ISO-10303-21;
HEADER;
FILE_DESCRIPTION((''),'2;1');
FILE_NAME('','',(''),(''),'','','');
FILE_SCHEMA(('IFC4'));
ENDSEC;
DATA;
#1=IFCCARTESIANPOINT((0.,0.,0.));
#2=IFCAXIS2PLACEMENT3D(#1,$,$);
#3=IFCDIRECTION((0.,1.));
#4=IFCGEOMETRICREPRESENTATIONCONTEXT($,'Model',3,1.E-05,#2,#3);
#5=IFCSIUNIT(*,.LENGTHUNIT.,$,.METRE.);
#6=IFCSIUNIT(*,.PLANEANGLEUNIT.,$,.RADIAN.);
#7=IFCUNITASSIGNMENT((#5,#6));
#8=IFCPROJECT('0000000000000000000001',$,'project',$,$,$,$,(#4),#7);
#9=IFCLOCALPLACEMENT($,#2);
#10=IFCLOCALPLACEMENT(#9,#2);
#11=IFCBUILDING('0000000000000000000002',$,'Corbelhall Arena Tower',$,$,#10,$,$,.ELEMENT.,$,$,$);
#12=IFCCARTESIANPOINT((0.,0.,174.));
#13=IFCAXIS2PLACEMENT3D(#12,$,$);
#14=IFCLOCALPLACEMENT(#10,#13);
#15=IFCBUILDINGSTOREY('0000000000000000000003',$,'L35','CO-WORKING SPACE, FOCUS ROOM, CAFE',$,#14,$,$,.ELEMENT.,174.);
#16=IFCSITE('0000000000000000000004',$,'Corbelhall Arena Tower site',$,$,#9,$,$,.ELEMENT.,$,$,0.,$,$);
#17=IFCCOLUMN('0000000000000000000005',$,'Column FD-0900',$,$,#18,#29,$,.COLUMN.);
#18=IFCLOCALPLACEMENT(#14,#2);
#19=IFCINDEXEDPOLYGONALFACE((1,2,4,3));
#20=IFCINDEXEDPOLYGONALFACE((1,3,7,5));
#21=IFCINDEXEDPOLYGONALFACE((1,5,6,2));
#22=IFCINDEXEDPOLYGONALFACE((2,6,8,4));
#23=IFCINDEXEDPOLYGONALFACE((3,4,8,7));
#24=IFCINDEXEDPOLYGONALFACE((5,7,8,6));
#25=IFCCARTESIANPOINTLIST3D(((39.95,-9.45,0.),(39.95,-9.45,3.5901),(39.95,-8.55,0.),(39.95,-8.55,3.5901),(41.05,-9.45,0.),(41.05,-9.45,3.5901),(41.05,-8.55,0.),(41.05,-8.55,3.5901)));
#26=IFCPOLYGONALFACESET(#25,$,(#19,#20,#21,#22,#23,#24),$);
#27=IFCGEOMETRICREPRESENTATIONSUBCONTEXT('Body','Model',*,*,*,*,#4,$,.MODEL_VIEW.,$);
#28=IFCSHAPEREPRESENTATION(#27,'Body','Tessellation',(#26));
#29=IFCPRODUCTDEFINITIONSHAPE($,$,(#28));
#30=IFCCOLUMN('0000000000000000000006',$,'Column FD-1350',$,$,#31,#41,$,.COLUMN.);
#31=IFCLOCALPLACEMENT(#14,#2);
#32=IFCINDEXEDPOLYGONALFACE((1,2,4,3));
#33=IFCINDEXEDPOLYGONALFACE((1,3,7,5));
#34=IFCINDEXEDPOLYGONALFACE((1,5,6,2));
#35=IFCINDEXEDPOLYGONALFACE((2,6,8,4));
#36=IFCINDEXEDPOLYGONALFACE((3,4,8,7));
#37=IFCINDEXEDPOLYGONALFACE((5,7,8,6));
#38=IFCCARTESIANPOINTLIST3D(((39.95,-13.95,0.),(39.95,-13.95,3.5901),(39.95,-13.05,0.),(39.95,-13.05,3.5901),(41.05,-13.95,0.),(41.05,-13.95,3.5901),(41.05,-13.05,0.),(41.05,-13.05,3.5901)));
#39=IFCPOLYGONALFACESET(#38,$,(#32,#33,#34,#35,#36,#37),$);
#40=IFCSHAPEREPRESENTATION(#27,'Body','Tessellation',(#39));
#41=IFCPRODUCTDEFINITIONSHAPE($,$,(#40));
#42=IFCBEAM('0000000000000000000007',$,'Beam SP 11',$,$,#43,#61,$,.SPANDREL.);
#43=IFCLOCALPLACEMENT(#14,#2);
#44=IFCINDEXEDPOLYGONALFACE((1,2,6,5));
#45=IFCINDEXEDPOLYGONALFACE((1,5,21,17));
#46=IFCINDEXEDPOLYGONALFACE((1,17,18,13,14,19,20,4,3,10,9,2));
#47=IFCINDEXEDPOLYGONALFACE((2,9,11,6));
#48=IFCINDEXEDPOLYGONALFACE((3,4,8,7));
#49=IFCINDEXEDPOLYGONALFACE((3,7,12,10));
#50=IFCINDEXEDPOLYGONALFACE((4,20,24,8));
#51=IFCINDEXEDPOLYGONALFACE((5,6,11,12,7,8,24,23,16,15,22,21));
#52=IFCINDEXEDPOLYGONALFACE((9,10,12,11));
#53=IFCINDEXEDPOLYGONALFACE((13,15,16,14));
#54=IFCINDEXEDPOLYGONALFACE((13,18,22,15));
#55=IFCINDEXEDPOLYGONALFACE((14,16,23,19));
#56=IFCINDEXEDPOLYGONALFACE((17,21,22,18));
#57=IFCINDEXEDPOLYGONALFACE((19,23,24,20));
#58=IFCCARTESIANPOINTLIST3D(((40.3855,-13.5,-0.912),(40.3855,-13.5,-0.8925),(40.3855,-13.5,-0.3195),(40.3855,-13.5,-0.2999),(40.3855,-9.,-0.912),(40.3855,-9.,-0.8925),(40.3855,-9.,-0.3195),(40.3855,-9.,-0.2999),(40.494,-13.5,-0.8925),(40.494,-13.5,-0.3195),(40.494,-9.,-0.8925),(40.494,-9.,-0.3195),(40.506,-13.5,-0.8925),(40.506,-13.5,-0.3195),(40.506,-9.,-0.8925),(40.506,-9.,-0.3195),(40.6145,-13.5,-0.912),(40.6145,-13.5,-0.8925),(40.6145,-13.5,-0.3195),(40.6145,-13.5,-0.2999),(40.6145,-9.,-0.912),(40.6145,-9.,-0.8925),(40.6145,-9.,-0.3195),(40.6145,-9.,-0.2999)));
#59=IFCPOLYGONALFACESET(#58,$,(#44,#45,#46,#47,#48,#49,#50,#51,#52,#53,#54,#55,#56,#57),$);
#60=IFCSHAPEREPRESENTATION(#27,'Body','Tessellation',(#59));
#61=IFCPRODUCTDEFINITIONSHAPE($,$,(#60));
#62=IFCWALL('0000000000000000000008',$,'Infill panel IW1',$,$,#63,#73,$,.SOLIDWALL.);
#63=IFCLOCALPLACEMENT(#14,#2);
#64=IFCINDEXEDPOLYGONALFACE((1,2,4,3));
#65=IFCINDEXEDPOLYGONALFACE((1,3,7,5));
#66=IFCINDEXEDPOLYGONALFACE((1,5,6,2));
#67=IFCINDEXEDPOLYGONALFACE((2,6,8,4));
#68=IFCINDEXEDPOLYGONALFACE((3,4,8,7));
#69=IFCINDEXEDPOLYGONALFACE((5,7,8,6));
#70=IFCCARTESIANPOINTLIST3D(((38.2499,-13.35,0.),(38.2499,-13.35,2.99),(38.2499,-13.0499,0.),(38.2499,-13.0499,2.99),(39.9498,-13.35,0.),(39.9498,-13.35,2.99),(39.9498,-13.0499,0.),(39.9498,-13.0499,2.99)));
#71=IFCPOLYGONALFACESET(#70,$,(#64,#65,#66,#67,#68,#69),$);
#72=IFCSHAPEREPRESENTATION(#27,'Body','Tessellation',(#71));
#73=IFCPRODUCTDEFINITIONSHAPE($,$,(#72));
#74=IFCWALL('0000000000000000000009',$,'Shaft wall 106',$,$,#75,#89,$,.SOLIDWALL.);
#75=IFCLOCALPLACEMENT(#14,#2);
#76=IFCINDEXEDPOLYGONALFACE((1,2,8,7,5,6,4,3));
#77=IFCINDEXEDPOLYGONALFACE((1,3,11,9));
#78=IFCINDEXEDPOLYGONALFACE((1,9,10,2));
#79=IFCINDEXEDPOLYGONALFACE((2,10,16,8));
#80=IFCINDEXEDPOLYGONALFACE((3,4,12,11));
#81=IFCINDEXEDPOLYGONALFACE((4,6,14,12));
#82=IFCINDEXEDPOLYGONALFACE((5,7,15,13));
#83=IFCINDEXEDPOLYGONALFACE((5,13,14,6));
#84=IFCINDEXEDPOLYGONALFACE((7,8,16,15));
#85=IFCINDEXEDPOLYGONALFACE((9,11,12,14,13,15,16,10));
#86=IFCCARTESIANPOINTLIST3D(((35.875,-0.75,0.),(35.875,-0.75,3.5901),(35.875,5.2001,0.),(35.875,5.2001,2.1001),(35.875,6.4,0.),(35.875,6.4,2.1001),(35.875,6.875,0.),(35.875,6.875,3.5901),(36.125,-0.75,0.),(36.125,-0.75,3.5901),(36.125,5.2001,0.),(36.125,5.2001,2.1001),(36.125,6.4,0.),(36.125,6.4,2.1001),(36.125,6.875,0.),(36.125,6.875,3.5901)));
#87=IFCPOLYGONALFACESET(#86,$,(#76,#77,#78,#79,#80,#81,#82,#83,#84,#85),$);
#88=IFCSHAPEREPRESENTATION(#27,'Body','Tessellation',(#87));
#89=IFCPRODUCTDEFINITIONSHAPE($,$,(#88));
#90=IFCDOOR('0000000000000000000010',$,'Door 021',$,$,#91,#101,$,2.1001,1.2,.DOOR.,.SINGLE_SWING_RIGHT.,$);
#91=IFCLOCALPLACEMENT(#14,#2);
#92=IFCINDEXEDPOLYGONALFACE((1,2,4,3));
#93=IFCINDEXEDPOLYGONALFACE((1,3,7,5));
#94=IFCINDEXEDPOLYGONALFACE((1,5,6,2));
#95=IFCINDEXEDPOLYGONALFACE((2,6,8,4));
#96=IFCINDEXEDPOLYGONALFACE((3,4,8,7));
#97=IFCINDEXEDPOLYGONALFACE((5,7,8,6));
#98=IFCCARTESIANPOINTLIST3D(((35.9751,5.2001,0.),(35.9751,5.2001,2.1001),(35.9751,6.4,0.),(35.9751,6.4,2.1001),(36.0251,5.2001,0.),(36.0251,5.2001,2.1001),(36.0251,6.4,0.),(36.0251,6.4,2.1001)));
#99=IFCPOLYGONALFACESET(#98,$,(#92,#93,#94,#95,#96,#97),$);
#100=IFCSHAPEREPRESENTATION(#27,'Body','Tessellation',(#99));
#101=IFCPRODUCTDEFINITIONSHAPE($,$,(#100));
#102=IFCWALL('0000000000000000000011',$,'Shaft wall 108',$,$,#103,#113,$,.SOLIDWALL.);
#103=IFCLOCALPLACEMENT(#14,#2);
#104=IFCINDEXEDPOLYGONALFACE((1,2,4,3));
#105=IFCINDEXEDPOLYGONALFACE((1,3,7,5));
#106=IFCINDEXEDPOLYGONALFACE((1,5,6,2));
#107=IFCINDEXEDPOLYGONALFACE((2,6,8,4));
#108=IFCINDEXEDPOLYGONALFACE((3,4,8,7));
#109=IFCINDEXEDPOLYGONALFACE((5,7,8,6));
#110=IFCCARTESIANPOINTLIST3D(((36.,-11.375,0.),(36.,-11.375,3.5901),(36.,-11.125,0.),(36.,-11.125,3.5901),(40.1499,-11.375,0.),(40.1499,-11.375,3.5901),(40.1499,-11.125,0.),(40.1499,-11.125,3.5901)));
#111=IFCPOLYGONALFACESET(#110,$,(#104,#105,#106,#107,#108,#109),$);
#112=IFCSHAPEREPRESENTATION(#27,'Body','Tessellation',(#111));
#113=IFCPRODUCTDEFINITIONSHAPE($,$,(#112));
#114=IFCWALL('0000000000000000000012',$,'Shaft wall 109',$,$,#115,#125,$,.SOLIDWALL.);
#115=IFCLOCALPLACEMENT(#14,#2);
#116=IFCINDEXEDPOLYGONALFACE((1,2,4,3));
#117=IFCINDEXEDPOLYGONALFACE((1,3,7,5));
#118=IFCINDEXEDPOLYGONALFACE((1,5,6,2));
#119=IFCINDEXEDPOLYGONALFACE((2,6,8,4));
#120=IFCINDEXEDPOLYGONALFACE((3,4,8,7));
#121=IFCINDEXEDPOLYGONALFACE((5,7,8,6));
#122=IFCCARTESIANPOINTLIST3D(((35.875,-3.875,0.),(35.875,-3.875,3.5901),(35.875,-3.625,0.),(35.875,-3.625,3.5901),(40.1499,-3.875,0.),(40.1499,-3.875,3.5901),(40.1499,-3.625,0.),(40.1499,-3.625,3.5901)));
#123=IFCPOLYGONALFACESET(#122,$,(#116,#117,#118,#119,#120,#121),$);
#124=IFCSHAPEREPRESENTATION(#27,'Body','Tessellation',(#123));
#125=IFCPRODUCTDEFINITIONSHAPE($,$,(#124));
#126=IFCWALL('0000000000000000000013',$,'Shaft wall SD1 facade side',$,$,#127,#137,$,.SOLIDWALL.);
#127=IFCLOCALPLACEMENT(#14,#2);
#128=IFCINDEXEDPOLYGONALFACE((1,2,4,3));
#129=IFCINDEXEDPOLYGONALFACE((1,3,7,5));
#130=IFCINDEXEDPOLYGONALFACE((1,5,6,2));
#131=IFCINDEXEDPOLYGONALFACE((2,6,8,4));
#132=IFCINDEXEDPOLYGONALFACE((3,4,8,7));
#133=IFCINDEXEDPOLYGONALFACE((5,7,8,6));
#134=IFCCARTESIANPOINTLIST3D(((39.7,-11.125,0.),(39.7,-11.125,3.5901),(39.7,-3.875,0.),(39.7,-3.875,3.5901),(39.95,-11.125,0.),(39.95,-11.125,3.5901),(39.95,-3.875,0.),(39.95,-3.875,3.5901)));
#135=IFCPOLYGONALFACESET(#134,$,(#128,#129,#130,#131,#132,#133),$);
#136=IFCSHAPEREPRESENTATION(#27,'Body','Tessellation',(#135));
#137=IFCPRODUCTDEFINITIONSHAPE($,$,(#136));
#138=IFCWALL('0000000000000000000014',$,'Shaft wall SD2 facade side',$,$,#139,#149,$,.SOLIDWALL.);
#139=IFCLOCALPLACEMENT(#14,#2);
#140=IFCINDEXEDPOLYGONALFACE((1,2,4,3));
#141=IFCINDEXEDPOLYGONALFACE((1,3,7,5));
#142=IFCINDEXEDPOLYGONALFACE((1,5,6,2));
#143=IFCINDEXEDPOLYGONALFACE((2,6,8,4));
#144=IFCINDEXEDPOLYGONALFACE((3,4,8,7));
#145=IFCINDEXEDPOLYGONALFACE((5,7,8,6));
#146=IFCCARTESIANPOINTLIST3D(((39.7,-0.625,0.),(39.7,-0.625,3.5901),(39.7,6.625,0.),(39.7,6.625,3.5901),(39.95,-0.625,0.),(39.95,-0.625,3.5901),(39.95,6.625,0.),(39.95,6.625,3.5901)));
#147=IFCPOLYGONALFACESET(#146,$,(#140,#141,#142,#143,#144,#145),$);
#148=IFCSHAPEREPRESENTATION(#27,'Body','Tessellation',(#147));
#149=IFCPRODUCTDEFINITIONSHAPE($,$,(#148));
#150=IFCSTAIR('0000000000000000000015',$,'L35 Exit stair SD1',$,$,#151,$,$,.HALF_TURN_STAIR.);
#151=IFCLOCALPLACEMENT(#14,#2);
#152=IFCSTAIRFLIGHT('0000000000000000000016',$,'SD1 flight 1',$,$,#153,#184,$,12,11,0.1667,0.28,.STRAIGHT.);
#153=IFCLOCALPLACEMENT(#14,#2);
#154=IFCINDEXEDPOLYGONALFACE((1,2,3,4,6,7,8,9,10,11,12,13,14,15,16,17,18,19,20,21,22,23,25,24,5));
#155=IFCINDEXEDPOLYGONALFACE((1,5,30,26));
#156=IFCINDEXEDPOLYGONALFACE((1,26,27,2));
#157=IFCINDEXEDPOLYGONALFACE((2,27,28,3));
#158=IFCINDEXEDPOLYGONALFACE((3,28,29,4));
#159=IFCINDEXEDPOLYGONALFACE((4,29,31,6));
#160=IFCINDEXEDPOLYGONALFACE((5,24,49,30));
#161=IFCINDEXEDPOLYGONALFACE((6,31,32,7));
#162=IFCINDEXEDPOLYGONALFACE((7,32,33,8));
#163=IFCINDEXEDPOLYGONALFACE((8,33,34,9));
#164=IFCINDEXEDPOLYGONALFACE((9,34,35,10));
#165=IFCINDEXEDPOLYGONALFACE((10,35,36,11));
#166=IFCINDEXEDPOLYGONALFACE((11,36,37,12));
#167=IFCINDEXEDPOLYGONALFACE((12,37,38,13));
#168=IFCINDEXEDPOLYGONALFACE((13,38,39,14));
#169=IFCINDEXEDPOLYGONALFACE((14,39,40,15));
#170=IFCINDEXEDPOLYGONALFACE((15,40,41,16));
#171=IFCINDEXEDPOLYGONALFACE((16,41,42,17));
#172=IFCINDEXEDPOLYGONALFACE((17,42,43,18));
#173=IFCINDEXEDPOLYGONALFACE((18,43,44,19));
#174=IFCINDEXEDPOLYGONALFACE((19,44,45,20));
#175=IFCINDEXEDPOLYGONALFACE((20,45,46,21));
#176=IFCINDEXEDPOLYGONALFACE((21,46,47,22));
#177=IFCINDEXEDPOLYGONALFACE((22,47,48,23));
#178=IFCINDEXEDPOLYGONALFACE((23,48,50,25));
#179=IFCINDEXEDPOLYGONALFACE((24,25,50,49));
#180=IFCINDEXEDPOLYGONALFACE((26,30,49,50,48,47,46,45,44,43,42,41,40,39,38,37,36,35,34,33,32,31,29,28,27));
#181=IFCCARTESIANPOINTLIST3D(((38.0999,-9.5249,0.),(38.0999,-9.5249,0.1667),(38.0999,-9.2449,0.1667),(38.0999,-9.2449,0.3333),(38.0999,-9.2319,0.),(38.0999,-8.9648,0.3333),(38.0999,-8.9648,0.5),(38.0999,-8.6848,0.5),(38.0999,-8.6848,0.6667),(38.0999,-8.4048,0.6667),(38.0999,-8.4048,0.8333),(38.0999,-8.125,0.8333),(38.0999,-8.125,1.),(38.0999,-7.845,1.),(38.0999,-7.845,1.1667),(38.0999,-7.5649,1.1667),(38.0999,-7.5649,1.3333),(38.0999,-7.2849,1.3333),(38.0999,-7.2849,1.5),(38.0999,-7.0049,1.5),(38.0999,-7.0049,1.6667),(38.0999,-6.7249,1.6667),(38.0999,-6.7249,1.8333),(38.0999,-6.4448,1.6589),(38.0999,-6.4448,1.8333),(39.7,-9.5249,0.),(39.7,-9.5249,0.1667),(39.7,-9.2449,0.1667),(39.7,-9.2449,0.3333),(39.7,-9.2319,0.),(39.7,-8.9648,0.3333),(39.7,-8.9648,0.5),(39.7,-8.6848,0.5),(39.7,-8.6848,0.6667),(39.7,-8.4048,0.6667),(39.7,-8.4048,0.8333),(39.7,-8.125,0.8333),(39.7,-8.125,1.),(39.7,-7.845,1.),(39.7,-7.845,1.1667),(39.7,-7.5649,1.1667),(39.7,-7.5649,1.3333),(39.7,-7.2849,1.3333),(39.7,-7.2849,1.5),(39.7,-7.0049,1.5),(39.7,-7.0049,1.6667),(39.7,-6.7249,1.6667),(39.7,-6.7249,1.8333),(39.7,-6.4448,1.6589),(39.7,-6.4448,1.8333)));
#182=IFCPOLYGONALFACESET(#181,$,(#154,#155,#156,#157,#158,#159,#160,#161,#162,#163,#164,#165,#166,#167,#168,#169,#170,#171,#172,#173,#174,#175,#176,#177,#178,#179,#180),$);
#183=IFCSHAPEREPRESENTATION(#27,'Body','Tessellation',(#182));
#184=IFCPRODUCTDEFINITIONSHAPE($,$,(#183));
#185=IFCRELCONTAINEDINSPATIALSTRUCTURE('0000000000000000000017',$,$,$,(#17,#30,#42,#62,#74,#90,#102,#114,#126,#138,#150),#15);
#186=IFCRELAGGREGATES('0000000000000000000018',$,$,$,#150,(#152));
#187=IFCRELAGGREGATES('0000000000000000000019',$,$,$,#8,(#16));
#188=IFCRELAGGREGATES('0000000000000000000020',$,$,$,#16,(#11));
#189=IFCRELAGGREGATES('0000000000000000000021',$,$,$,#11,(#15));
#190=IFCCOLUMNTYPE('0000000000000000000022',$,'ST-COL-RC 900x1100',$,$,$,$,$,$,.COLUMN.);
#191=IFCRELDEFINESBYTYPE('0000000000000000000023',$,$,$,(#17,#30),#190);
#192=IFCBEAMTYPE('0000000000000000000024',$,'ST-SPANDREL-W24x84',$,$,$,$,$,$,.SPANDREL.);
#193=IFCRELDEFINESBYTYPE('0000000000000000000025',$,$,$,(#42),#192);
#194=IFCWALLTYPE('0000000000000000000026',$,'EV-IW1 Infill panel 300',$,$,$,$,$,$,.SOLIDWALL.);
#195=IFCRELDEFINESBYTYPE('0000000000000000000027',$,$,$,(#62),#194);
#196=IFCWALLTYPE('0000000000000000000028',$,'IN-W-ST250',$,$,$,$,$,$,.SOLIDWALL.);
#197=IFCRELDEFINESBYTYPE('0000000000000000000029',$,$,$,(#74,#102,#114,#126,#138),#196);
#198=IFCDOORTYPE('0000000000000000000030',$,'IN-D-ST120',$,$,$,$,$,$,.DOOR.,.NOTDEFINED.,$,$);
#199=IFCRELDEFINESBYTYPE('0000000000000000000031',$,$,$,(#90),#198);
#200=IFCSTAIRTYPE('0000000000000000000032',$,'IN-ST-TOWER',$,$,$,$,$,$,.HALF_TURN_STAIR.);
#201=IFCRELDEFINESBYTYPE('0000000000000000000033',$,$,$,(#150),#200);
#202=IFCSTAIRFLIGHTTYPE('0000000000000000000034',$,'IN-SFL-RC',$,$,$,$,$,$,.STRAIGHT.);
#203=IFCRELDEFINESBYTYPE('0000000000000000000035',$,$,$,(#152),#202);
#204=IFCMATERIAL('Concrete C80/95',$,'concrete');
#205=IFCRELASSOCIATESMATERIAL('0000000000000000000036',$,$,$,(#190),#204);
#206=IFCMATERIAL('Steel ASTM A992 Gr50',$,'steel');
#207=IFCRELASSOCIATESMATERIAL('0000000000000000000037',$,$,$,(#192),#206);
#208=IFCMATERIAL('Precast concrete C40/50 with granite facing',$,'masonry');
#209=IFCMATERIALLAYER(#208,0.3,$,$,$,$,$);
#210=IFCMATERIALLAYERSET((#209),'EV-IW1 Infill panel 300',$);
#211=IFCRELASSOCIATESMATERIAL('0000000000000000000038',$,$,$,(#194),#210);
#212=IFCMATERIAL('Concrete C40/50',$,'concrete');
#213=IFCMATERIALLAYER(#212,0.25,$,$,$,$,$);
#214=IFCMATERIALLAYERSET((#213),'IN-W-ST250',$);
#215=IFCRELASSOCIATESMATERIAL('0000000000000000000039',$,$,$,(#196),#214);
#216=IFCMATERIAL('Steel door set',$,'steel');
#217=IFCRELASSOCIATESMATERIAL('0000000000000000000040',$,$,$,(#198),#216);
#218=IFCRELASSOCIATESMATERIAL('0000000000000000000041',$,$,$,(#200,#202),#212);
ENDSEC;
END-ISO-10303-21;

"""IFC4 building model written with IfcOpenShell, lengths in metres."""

from ifc_helpers import new_model, si_unit, direction, frame, frame_2d, origin, origin_2d, place, context, subcontext, project, spatial, polyline, rectangle, i_section, outline, extrude, material, layer, layer_set, material_profile, profile_set, type_object, element, fill, aggregate, save


model = new_model("IFC4")

# Units and contexts
model_context = context("Model", 3, precision=1e-05, world=origin(), true_north=direction((0.0, 1.0)))
body_context = subcontext(model_context, "Body", "Model", "MODEL_VIEW")
ifc_project = project(units=[si_unit("LENGTHUNIT", "METRE"), si_unit("PLANEANGLEUNIT", "RADIAN")], contexts=[model_context])

# Site, building, storey
site_placement = place(None, origin())
site = spatial("IfcSite", under=ifc_project, at=site_placement, Name="Corbelhall Arena Tower site", CompositionType="ELEMENT", RefElevation=0.0)
building_placement = place(site_placement, origin())
building = spatial("IfcBuilding", under=site, at=building_placement, Name="Corbelhall Arena Tower", CompositionType="ELEMENT")
storey_placement = place(building_placement, frame((0.0, 0.0, 174.0)))
storey = spatial("IfcBuildingStorey", under=building, at=storey_placement, Name="L35", Description="CO-WORKING SPACE, FOCUS ROOM, CAFE", CompositionType="ELEMENT", Elevation=174.0)

# Columns
ifc_material_1 = material(Name="Concrete C80/95", Category="concrete")
ifc_material_profile_1 = material_profile(ifc_material_1, rectangle(XDim=0.8999, YDim=1.1001, at=origin_2d()))
ifc_profile_set_1 = profile_set([ifc_material_profile_1], Name="Concrete C80/95")
column_type = type_object("IfcColumnType", Name="ST-COL-RC 900x1100", PredefinedType="COLUMN", material=ifc_profile_set_1)
for number, where, z_axis, x_axis, name in (
    (1, (40.5, -9.0, 0.0), (0.0, 0.0, 1.0), (0.0, 1.0, 0.0), "Column FD-0900"),
    (2, (40.5, -13.5, 0.0), (0.0, 0.0, 1.0), (0.0, 1.0, 0.0), "Column FD-1350"),
):
    element("IfcColumn", number, at=place(storey_placement, frame(where, z_axis=z_axis, x_axis=x_axis)), inside=storey, type_object=column_type, Name=name, PredefinedType="COLUMN", context=body_context, shape_type="SweptSolid", body=[
        extrude(rectangle(XDim=0.8999, YDim=1.1001, at=origin_2d()), origin(), (0.0, 0.0, 1.0), 3.5901),
    ])

# Beam
ifc_material_2 = material(Name="Steel ASTM A992 Gr50", Category="steel")
ifc_material_profile_2 = material_profile(ifc_material_2, i_section(OverallWidth=0.229, OverallDepth=0.6121, WebThickness=0.012, FlangeThickness=0.0195, at=origin_2d()))
ifc_profile_set_2 = profile_set([ifc_material_profile_2], Name="Steel ASTM A992 Gr50")
beam_type = type_object("IfcBeamType", Name="ST-SPANDREL-W24x84", PredefinedType="SPANDREL", material=ifc_profile_set_2)
beam_placement = place(storey_placement, frame((40.5, -9.0, -0.606), z_axis=(0.0, -1.0, 0.0), x_axis=(1.0, 0.0, 0.0)))
element("IfcBeam", 3, at=beam_placement, inside=storey, type_object=beam_type, Name="Beam SP 11", PredefinedType="SPANDREL", context=body_context, shape_type="SweptSolid", body=[
    extrude(i_section(OverallWidth=0.229, OverallDepth=0.6121, WebThickness=0.012, FlangeThickness=0.0195, at=origin_2d()), origin(), (0.0, 0.0, 1.0), 4.5),
])

# Wall
ifc_material_3 = material(Name="Precast concrete C40/50 with granite facing", Category="masonry")
ifc_layer_1 = layer(ifc_material_3, 0.3)
ifc_layer_set_1 = layer_set([ifc_layer_1], Name="EV-IW1 Infill panel 300")
wall_type_1 = type_object("IfcWallType", Name="EV-IW1 Infill panel 300", PredefinedType="SOLIDWALL", material=ifc_layer_set_1)
wall_1_placement = place(storey_placement, frame((39.95, -13.2, 0.0), z_axis=(0.0, 0.0, 1.0), x_axis=(-1.0, 0.0, 0.0)))
element("IfcWall", 4, at=wall_1_placement, inside=storey, type_object=wall_type_1, Name="Infill panel IW1", PredefinedType="SOLIDWALL", context=body_context, shape_type="SweptSolid", body=[
    extrude(rectangle(XDim=1.7, YDim=0.3, at=frame_2d((0.8501, 0.0))), origin(), (0.0, 0.0, 1.0), 2.99),
])

# Wall, opening, door
ifc_material_4 = material(Name="Concrete C40/50", Category="concrete")
ifc_layer_2 = layer(ifc_material_4, 0.25)
ifc_layer_set_2 = layer_set([ifc_layer_2], Name="IN-W-ST250")
wall_type_2 = type_object("IfcWallType", Name="IN-W-ST250", PredefinedType="SOLIDWALL", material=ifc_layer_set_2)
wall_2_placement = place(storey_placement, frame((36.0, -0.75, 0.0), z_axis=(0.0, 0.0, 1.0), x_axis=(0.0, 1.0, 0.0)))
wall_2 = element("IfcWall", 5, at=wall_2_placement, inside=storey, type_object=wall_type_2, Name="Shaft wall 106", PredefinedType="SOLIDWALL", context=body_context, shape_type="SweptSolid", body=[
    extrude(rectangle(XDim=7.625, YDim=0.25, at=frame_2d((3.8125, 0.0))), origin(), (0.0, 0.0, 1.0), 3.5901),
])
opening_1_placement = place(wall_2_placement, frame((5.95, 0.0, 0.0)))
opening_1 = element("IfcOpeningElement", 6, at=opening_1_placement, cuts=wall_2, PredefinedType="OPENING", context=body_context, shape_type="SweptSolid", body=[
    extrude(rectangle(XDim=1.2, YDim=2.1001, at=frame_2d((0.6001, 1.05))), frame((0.0, 0.125, 0.0), z_axis=(0.0, -1.0, 0.0), x_axis=(1.0, 0.0, 0.0)), (0.0, 0.0, 1.0), 0.25),
])
ifc_material_5 = material(Name="Steel door set", Category="steel")
door_type = type_object("IfcDoorType", Name="IN-D-ST120", OperationType="NOTDEFINED", PredefinedType="DOOR", material=ifc_material_5)
door_placement = place(opening_1_placement, origin())
door = element("IfcDoor", 7, at=door_placement, inside=storey, type_object=door_type, Name="Door 021", OperationType="SINGLE_SWING_RIGHT", OverallHeight=2.1001, OverallWidth=1.2, PredefinedType="DOOR", context=body_context, shape_type="SweptSolid", body=[
    extrude(rectangle(XDim=1.2, YDim=2.1001, at=frame_2d((0.6001, 1.05))), frame((0.0, 0.0249, 0.0), z_axis=(0.0, -1.0, 0.0), x_axis=(1.0, 0.0, 0.0)), (0.0, 0.0, 1.0), 0.05),
])
fill(opening_1, door)

# Walls
wall_3_placement = place(storey_placement, frame((40.1499, -11.25, 0.0), z_axis=(0.0, 0.0, 1.0), x_axis=(-1.0, 0.0, 0.0)))
element("IfcWall", 8, at=wall_3_placement, inside=storey, type_object=wall_type_2, Name="Shaft wall 108", PredefinedType="SOLIDWALL", context=body_context, shape_type="SweptSolid", body=[
    extrude(rectangle(XDim=4.1499, YDim=0.25, at=frame_2d((2.075, 0.0))), origin(), (0.0, 0.0, 1.0), 3.5901),
])
wall_4_placement = place(storey_placement, frame((40.1499, -3.75, 0.0), z_axis=(0.0, 0.0, 1.0), x_axis=(-1.0, 0.0, 0.0)))
element("IfcWall", 9, at=wall_4_placement, inside=storey, type_object=wall_type_2, Name="Shaft wall 109", PredefinedType="SOLIDWALL", context=body_context, shape_type="SweptSolid", body=[
    extrude(rectangle(XDim=4.2749, YDim=0.25, at=frame_2d((2.1375, 0.0))), origin(), (0.0, 0.0, 1.0), 3.5901),
])
for number, where, z_axis, x_axis, name in (
    (10, (39.825, -11.125, 0.0), (0.0, 0.0, 1.0), (0.0, 1.0, 0.0), "Shaft wall SD1 facade side"),
    (11, (39.825, -0.625, 0.0), (0.0, 0.0, 1.0), (0.0, 1.0, 0.0), "Shaft wall SD2 facade side"),
):
    element("IfcWall", number, at=place(storey_placement, frame(where, z_axis=z_axis, x_axis=x_axis)), inside=storey, type_object=wall_type_2, Name=name, PredefinedType="SOLIDWALL", context=body_context, shape_type="SweptSolid", body=[
        extrude(rectangle(XDim=7.25, YDim=0.25, at=frame_2d((3.625, 0.0))), origin(), (0.0, 0.0, 1.0), 3.5901),
    ])

# Stair, stair flight
stair_type = type_object("IfcStairType", Name="IN-ST-TOWER", PredefinedType="HALF_TURN_STAIR", material=ifc_material_4)
stair_placement = place(storey_placement, origin())
stair = element("IfcStair", 12, at=stair_placement, inside=storey, type_object=stair_type, Name="L35 Exit stair SD1", PredefinedType="HALF_TURN_STAIR")
stair_flight_type = type_object("IfcStairFlightType", Name="IN-SFL-RC", PredefinedType="STRAIGHT", material=ifc_material_4)
stair_flight_1_placement = place(storey_placement, frame((38.8999, -9.5249, 0.0), z_axis=(0.0, 0.0, 1.0), x_axis=(0.0, 1.0, 0.0)))
stair_flight_1 = element("IfcStairFlight", 13, at=stair_flight_1_placement, type_object=stair_flight_type, Name="SD1 flight 1", NumberOfRisers=12, NumberOfTreads=11, PredefinedType="STRAIGHT", RiserHeight=0.1667, TreadLength=0.28, context=body_context, shape_type="SweptSolid", body=[
    extrude(outline(polyline([(0.0, 0.0), (0.0, 0.1667), (0.28, 0.1667), (0.28, 0.3333), (0.5601, 0.3333), (0.5601, 0.5), (0.8401, 0.5), (0.8401, 0.6667), (1.1201, 0.6667), (1.1201, 0.8333), (1.3999, 0.8333), (1.3999, 1.0), (1.6799, 1.0), (1.6799, 1.1667), (1.96, 1.1667), (1.96, 1.3333), (2.24, 1.3333), (2.24, 1.5), (2.52, 1.5), (2.52, 1.6667), (2.8, 1.6667), (2.8, 1.8333), (3.0801, 1.8333), (3.0801, 2.0), (3.0801, 1.6589), (0.293, 0.0), (0.0, 0.0)])), frame((0.0, 0.8, 0.0), z_axis=(0.0, -1.0, 0.0), x_axis=(1.0, 0.0, 0.0)), (0.0, 0.0, 1.0), 1.6001),
])
aggregate(stair, [stair_flight_1])

save(model, "model.ifc")
